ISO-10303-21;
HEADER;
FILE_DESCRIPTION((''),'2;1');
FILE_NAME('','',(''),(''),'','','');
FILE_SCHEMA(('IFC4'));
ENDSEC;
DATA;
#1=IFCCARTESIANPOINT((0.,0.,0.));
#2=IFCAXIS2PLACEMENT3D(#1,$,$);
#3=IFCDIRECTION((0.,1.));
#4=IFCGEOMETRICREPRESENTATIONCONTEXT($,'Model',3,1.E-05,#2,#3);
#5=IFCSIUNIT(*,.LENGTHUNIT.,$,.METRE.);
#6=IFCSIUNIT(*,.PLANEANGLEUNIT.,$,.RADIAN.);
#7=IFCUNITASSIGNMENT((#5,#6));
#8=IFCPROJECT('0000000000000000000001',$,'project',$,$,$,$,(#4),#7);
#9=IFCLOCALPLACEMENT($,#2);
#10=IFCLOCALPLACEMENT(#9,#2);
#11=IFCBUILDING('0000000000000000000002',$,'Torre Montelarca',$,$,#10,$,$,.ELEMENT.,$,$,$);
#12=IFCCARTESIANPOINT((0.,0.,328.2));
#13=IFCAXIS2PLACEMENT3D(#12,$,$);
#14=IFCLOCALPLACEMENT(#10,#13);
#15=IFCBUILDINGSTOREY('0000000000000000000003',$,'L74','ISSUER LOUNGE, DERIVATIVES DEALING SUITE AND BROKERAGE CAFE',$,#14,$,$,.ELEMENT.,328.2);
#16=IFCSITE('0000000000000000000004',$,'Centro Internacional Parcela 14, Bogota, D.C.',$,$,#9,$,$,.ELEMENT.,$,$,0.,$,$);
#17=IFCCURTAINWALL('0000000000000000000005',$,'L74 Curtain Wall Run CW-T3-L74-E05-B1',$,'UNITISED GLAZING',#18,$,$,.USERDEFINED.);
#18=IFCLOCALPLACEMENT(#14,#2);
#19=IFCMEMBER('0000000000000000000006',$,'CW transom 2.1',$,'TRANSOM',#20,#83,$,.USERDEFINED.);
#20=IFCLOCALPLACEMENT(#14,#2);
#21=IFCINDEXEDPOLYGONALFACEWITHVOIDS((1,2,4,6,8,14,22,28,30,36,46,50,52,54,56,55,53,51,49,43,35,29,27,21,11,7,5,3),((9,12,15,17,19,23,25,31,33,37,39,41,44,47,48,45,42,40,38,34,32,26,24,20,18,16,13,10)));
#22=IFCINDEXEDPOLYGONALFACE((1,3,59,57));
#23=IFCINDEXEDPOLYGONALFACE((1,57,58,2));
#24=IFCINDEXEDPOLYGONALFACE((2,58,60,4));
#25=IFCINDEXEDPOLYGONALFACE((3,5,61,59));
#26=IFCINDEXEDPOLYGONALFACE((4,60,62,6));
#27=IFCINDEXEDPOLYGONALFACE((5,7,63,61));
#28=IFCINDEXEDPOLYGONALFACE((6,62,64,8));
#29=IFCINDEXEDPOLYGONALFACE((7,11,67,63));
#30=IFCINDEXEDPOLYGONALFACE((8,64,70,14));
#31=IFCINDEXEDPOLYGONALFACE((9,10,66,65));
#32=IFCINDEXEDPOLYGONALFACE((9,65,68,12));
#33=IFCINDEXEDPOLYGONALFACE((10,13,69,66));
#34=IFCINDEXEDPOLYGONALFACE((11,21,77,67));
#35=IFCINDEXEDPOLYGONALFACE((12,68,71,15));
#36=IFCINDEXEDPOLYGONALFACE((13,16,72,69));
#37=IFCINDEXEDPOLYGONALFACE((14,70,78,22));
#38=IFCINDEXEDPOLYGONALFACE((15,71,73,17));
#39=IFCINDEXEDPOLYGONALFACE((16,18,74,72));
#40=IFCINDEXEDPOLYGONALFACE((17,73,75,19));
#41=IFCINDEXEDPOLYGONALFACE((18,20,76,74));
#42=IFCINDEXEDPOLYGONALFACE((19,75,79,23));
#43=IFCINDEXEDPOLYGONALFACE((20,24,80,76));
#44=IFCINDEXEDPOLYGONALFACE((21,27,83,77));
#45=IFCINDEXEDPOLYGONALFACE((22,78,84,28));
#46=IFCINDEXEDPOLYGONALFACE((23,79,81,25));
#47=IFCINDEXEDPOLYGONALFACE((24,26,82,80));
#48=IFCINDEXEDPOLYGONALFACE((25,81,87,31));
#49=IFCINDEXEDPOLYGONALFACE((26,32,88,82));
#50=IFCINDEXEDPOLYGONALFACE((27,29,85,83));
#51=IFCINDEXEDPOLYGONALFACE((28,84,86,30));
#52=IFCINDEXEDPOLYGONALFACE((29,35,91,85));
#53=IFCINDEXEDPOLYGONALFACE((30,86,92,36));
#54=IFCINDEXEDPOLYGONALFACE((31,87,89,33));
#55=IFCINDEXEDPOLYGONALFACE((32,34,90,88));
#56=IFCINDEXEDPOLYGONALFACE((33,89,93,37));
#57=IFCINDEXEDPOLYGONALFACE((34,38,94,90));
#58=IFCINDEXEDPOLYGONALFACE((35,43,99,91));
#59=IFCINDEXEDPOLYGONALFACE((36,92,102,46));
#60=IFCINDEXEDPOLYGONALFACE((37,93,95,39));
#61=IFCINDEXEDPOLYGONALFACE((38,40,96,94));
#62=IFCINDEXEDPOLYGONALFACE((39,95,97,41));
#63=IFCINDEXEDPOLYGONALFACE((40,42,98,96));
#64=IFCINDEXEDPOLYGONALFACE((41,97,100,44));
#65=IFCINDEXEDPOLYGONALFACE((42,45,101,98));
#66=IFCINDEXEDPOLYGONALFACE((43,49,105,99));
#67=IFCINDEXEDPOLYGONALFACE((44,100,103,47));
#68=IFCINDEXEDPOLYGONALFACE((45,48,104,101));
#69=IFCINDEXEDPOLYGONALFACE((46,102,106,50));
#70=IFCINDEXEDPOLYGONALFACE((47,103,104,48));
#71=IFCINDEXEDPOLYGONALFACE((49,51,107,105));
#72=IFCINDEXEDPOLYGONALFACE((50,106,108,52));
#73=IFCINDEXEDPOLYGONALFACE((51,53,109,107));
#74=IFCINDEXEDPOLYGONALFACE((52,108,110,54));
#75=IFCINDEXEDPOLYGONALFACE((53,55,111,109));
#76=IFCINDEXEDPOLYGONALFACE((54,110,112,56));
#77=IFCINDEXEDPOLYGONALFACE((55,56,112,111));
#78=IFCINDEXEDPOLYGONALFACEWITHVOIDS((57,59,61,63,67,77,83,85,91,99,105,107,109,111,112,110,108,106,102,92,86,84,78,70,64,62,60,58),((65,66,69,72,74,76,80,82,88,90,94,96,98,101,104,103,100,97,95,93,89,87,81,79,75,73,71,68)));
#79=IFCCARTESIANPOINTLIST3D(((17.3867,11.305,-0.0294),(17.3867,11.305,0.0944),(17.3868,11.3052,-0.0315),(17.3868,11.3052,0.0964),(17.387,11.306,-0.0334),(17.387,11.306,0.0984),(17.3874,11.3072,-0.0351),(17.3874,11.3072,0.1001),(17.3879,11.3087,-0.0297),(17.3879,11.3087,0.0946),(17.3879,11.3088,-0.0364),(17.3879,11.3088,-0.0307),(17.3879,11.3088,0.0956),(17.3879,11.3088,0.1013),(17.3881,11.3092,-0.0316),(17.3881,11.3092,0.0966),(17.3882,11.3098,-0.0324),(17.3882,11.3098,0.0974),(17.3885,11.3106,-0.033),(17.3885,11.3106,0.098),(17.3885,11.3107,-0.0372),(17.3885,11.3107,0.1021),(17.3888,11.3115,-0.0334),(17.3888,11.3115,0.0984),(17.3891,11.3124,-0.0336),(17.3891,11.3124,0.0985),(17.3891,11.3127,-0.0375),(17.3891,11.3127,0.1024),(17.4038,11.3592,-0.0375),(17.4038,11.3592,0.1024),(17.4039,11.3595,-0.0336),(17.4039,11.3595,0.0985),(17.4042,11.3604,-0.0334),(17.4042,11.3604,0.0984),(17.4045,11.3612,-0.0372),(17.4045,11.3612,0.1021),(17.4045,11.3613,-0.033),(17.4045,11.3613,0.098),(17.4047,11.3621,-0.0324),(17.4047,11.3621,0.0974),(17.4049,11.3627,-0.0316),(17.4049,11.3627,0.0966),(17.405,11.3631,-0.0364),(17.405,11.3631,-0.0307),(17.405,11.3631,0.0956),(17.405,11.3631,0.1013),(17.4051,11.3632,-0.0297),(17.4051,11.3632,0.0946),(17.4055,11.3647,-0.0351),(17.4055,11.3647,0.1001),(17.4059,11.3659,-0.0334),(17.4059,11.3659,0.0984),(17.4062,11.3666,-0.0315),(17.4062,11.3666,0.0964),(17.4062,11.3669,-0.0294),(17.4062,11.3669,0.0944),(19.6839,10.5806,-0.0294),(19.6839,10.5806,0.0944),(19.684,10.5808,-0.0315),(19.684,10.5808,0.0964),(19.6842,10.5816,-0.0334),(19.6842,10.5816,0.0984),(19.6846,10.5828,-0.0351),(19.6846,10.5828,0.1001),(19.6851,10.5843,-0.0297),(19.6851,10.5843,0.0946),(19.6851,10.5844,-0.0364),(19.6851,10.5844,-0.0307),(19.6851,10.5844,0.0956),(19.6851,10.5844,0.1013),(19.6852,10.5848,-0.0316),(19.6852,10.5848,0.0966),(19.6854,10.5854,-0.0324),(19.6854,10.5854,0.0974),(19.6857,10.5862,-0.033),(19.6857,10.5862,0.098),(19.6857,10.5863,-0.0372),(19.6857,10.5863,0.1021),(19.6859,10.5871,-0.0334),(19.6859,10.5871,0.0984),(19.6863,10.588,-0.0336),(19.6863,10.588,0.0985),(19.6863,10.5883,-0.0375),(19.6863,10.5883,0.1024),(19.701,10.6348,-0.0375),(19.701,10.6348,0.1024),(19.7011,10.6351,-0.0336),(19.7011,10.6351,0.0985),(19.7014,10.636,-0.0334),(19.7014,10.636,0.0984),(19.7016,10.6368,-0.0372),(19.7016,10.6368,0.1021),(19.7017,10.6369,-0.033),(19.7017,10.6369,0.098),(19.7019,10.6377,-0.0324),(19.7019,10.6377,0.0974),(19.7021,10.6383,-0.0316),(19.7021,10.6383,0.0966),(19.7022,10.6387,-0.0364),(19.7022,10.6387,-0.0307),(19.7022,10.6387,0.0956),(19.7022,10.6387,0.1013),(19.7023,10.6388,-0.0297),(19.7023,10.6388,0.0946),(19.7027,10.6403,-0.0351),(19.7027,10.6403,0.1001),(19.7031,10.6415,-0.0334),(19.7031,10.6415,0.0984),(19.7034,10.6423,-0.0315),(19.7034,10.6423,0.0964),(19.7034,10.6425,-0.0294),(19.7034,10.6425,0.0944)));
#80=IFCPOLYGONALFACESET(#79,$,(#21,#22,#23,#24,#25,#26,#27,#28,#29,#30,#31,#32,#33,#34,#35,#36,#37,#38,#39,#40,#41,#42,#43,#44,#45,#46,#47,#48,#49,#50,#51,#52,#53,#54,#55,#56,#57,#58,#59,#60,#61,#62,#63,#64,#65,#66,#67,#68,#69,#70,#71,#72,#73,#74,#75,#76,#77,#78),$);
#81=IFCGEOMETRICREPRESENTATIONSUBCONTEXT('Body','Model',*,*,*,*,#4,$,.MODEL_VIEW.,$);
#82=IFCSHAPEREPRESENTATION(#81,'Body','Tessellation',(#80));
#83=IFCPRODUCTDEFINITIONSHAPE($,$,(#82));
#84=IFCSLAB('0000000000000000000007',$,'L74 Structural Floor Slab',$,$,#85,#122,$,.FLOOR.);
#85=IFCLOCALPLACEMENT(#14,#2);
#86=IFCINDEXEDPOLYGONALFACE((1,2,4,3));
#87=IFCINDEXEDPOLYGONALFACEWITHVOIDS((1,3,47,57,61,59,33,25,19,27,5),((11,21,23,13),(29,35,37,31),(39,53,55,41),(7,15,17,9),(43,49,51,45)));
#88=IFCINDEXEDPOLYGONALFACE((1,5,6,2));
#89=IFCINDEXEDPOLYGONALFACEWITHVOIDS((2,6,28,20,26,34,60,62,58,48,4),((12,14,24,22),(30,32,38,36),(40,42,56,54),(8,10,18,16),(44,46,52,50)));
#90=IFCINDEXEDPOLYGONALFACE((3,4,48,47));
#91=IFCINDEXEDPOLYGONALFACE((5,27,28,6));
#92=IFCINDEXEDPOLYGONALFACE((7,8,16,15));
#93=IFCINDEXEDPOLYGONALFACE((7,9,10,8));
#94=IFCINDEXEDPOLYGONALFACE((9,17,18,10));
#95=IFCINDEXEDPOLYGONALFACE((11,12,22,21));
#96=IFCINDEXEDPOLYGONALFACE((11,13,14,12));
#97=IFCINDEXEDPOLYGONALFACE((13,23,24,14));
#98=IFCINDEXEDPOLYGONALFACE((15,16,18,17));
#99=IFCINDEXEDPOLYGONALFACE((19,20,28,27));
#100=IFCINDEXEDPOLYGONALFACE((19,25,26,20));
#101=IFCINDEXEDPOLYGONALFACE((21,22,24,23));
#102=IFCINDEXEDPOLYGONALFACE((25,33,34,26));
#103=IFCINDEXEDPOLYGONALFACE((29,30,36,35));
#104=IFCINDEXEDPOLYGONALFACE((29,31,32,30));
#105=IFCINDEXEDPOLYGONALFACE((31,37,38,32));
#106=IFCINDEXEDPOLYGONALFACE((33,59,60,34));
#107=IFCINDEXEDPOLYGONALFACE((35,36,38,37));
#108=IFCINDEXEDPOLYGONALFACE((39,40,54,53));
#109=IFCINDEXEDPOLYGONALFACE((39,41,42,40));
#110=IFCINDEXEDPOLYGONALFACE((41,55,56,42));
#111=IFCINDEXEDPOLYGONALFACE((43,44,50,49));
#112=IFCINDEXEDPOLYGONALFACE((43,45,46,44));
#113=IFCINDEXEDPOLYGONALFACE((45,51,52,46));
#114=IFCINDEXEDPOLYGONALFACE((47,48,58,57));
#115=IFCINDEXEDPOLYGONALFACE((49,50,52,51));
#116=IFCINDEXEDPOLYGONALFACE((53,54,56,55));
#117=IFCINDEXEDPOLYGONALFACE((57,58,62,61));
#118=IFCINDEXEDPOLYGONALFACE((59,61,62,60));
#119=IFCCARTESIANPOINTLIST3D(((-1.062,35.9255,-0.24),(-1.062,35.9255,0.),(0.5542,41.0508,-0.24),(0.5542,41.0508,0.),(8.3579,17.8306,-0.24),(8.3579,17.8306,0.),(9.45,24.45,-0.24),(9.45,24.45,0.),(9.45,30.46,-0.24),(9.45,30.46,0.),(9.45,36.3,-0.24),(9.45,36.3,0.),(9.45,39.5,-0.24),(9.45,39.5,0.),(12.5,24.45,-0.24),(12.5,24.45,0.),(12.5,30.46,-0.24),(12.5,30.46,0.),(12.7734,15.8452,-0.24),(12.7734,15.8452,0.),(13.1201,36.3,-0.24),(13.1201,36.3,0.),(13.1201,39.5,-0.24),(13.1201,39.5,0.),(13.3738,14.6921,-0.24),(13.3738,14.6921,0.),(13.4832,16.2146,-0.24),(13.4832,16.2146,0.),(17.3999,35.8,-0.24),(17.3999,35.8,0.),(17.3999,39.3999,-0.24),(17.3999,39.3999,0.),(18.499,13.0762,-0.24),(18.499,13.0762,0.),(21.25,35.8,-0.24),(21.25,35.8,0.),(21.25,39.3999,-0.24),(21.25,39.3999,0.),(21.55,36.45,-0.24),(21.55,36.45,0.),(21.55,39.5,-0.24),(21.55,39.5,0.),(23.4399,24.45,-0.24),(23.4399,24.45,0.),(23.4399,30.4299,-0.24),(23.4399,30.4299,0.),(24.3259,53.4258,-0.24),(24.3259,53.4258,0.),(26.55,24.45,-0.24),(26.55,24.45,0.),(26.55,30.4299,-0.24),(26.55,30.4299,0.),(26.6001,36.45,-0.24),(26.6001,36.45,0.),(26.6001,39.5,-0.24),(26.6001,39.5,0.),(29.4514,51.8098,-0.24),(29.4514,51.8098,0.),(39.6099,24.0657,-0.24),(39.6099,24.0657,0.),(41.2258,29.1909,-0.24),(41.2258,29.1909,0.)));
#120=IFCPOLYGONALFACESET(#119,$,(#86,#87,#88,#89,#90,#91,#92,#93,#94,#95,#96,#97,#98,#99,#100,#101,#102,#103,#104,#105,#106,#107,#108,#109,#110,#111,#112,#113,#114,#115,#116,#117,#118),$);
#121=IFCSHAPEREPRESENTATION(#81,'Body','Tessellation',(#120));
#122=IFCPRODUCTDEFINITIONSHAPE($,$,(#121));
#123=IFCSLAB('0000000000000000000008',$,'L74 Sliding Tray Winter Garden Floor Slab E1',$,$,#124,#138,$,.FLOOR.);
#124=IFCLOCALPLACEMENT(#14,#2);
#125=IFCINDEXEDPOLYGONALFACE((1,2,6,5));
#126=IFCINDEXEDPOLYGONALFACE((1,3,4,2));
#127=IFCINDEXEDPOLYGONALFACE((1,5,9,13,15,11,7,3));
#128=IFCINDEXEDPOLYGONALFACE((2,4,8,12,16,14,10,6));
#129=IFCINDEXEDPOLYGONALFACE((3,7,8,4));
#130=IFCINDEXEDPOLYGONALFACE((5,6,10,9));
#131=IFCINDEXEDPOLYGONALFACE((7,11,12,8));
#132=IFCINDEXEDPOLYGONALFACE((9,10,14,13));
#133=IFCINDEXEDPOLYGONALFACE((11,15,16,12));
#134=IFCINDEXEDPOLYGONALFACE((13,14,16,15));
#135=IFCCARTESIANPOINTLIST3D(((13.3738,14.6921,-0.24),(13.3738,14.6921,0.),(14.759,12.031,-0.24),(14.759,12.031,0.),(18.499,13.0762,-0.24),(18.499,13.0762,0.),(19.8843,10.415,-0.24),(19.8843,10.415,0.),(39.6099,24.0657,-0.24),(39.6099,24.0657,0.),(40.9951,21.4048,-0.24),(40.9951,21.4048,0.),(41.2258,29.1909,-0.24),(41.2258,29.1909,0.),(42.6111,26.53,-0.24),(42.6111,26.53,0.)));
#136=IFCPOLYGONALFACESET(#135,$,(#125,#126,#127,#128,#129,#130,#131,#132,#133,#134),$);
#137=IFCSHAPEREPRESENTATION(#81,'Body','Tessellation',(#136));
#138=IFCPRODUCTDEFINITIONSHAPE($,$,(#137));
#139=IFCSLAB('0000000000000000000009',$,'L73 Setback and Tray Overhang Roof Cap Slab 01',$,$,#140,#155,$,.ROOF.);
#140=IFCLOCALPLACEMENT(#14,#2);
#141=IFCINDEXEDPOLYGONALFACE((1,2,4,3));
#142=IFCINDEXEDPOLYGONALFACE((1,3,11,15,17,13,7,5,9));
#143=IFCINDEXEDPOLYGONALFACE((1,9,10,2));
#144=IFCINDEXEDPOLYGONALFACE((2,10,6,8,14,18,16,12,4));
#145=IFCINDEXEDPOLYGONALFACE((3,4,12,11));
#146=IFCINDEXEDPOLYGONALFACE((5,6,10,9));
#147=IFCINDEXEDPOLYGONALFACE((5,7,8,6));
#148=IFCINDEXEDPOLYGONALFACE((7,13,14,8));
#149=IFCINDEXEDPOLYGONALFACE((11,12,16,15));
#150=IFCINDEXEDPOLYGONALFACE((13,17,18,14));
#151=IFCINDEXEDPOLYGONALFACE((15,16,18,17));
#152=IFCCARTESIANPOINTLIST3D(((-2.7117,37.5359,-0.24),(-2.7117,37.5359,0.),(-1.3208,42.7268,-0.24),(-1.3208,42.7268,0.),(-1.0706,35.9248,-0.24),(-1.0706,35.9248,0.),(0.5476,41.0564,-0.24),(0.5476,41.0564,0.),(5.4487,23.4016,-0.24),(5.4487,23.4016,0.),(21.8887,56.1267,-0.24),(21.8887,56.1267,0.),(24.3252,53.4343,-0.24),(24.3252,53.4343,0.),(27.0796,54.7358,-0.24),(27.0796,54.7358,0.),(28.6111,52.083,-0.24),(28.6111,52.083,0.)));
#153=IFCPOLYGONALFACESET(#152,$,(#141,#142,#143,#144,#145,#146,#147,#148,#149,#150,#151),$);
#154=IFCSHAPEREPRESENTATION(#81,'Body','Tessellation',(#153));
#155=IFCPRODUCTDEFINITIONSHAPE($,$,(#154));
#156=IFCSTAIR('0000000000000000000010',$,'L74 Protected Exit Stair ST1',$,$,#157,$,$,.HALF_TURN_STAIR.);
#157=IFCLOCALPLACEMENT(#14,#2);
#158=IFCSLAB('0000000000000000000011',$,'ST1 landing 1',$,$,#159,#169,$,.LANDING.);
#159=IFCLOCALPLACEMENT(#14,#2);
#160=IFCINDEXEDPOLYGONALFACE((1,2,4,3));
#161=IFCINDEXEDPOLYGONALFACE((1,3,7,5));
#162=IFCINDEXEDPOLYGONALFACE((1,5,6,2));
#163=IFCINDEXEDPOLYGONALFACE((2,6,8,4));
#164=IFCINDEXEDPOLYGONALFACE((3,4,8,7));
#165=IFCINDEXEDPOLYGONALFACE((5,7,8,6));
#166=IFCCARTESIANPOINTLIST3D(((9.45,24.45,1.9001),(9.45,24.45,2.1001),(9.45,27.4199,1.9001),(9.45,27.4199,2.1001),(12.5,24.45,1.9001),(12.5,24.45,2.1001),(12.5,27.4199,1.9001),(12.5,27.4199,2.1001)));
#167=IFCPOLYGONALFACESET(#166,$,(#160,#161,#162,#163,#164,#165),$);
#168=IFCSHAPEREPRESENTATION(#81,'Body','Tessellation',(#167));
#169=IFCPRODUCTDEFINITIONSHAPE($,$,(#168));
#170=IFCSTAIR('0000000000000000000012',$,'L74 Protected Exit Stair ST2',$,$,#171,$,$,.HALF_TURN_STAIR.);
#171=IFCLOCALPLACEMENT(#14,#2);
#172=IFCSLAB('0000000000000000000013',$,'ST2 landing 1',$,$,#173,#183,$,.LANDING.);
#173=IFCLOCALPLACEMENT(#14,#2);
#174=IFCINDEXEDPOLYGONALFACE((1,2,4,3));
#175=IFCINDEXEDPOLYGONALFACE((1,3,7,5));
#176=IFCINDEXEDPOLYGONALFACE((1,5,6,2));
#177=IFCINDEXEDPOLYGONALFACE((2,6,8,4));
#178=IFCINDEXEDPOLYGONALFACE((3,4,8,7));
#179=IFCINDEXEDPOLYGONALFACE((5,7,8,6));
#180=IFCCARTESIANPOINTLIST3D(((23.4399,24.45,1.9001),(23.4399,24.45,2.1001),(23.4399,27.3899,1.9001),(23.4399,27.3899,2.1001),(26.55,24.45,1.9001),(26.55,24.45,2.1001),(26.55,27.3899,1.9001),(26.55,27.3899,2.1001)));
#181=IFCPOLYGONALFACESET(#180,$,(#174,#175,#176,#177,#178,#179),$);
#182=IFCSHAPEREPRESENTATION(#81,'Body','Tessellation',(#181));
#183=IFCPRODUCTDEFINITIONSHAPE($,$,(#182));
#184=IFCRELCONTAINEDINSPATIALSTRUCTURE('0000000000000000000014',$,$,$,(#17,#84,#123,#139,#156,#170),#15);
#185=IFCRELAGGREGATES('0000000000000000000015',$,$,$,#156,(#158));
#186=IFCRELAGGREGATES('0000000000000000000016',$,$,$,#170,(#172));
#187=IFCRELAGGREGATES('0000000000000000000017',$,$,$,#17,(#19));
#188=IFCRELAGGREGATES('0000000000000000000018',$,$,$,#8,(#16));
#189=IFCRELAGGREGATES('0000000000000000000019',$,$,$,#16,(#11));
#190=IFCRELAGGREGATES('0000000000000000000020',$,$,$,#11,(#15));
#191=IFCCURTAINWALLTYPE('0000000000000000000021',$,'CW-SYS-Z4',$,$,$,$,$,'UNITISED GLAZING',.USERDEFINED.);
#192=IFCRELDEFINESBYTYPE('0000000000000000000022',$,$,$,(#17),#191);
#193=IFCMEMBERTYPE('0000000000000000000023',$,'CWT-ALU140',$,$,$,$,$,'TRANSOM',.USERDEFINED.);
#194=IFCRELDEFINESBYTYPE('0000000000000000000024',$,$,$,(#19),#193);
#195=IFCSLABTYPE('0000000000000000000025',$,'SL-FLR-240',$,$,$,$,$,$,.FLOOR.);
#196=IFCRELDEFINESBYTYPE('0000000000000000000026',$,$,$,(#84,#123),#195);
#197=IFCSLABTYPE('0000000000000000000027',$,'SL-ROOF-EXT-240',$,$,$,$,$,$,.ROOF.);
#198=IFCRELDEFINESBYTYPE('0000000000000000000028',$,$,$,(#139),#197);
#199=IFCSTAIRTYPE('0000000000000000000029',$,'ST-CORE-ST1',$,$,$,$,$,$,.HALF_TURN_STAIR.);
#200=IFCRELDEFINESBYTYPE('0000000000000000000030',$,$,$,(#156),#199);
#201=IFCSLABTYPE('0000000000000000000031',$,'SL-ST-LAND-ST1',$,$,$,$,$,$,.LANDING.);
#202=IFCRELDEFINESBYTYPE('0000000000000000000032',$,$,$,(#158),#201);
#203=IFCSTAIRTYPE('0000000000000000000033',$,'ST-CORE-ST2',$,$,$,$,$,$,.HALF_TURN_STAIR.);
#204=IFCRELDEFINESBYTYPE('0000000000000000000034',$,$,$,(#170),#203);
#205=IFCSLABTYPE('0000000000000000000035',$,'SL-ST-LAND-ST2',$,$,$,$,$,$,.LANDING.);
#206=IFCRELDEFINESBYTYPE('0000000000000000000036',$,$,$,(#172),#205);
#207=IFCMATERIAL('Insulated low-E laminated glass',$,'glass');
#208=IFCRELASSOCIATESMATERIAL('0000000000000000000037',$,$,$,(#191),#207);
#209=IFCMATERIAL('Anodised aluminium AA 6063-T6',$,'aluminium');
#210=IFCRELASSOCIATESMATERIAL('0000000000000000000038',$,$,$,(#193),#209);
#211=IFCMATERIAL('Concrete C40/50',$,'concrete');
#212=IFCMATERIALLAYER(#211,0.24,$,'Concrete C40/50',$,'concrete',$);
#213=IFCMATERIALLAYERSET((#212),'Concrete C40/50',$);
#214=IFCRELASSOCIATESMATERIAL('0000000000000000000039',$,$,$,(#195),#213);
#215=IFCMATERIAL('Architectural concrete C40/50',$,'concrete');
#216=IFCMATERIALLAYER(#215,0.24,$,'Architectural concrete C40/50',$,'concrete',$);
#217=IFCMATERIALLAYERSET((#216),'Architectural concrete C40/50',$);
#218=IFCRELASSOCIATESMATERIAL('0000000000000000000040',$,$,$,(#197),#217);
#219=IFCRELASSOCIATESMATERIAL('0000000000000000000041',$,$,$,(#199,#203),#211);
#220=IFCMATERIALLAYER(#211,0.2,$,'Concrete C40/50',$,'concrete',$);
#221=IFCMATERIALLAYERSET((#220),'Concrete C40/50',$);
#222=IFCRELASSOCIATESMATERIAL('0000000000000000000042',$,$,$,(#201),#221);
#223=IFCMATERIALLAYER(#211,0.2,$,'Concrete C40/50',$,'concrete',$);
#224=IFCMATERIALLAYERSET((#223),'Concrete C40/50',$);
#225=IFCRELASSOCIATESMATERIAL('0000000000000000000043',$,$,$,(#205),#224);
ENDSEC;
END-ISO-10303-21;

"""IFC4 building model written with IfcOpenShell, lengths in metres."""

from ifc_helpers import new_model, si_unit, direction, frame, origin, origin_2d, place, context, subcontext, project, spatial, polyline, hollow_rectangle, outline, extrude, source, transform, mapped, material, layer, layer_set, material_profile, profile_set, type_object, element, aggregate, save


model = new_model("IFC4")

# Units and contexts
model_context = context("Model", 3, precision=1e-05, world=origin(), true_north=direction((0.0, 1.0)))
body_context = subcontext(model_context, "Body", "Model", "MODEL_VIEW")
ifc_project = project(units=[si_unit("LENGTHUNIT", "METRE"), si_unit("PLANEANGLEUNIT", "RADIAN")], contexts=[model_context])

# Site, building, storey
site_placement = place(None, origin())
site = spatial("IfcSite", under=ifc_project, at=site_placement, Name="Centro Internacional Parcela 14, Bogota, D.C.", CompositionType="ELEMENT", RefElevation=0.0)
building_placement = place(site_placement, origin())
building = spatial("IfcBuilding", under=site, at=building_placement, Name="Torre Montelarca", CompositionType="ELEMENT")
storey_placement = place(building_placement, frame((0.0, 0.0, 328.2)))
storey = spatial("IfcBuildingStorey", under=building, at=storey_placement, Name="L74", Description="ISSUER LOUNGE, DERIVATIVES DEALING SUITE AND BROKERAGE CAFE", CompositionType="ELEMENT", Elevation=328.2)

# Curtain wall, member
ifc_material_1 = material(Name="Insulated low-E laminated glass", Category="glass")
curtain_wall_type = type_object("IfcCurtainWallType", Name="CW-SYS-Z4", ElementType="UNITISED GLAZING", PredefinedType="USERDEFINED", material=ifc_material_1)
ifc_material_2 = material(Name="Anodised aluminium AA 6063-T6", Category="aluminium")
ifc_material_profile_1 = material_profile(ifc_material_2, hollow_rectangle(XDim=0.0649, YDim=0.1399, WallThickness=0.0039, InnerFilletRadius=0.0039, OuterFilletRadius=0.0081, at=origin_2d()), Name="ALU65X140X4", Category="aluminium")
ifc_profile_set_1 = profile_set([ifc_material_profile_1], Name="Anodised aluminium AA 6063-T6")
member_type_1 = type_object("IfcMemberType", Name="CWT-ALU140", ElementType="TRANSOM", PredefinedType="USERDEFINED", material=ifc_profile_set_1)
curtain_wall_1_placement = place(storey_placement, origin())
curtain_wall_1 = element("IfcCurtainWall", 1, at=curtain_wall_1_placement, inside=storey, type_object=curtain_wall_type, Name="L74 Curtain Wall Run CW-T3-L74-E05-B1", ObjectType="UNITISED GLAZING", PredefinedType="USERDEFINED")
shared_shape_1 = source(origin(), body_context, "Body", "SweptSolid", [
    extrude(hollow_rectangle(XDim=0.0649, YDim=0.1399, WallThickness=0.0039, InnerFilletRadius=0.0039, OuterFilletRadius=0.0081, at=origin_2d()), origin(), (0.0, 0.0, 1.0), 2.4087),
])
member_1_placement = place(storey_placement, frame((17.3965, 11.3359, 0.0325), z_axis=(0.953707, -0.300738, 0.0), x_axis=(0.300738, 0.953707, 0.0)))
member_1 = element("IfcMember", 2, at=member_1_placement, type_object=member_type_1, Name="CW transom 2.1", ObjectType="TRANSOM", PredefinedType="USERDEFINED", context=body_context, shape_type="MappedRepresentation", body=[
    mapped(shared_shape_1, transform((0.0, 0.0, 0.0), scale=1.0)),
])

# Slabs
ifc_material_3 = material(Name="Concrete C40/50", Category="concrete")
ifc_layer_1 = layer(ifc_material_3, 0.24, Name="Concrete C40/50", Category="concrete")
ifc_layer_set_1 = layer_set([ifc_layer_1], Name="Concrete C40/50")
slab_type_1 = type_object("IfcSlabType", Name="SL-FLR-240", PredefinedType="FLOOR", material=ifc_layer_set_1)
slab_1_placement = place(storey_placement, frame((0.0, 0.0, -0.24)))
element("IfcSlab", 3, at=slab_1_placement, inside=storey, type_object=slab_type_1, Name="L74 Structural Floor Slab", PredefinedType="FLOOR", context=body_context, shape_type="SweptSolid", body=[
    extrude(outline(polyline([(8.3579, 17.8306), (13.4832, 16.2146), (12.7734, 15.8452), (13.3738, 14.6921), (18.499, 13.0762), (39.6099, 24.0657), (41.2258, 29.1909), (29.4514, 51.8098), (24.3259, 53.4258), (0.5542, 41.0508), (-1.062, 35.9255), (8.3579, 17.8306)]), holes=[polyline([(26.55, 24.45), (23.4399, 24.45), (23.4399, 30.4299), (26.55, 30.4299), (26.55, 24.45)]), polyline([(12.5, 24.45), (9.45, 24.45), (9.45, 30.46), (12.5, 30.46), (12.5, 24.45)]), polyline([(21.25, 39.3999), (21.25, 35.8), (17.3999, 35.8), (17.3999, 39.3999), (21.25, 39.3999)]), polyline([(13.1201, 36.3), (9.45, 36.3), (9.45, 39.5), (13.1201, 39.5), (13.1201, 36.3)]), polyline([(26.6001, 36.45), (21.55, 36.45), (21.55, 39.5), (26.6001, 39.5), (26.6001, 36.45)])]), origin(), (0.0, 0.0, 1.0), 0.24),
])
slab_2_placement = place(storey_placement, frame((0.0, 0.0, -0.24)))
element("IfcSlab", 4, at=slab_2_placement, inside=storey, type_object=slab_type_1, Name="L74 Sliding Tray Winter Garden Floor Slab E1", PredefinedType="FLOOR", context=body_context, shape_type="SweptSolid", body=[
    extrude(outline(polyline([(41.2258, 29.1909), (39.6099, 24.0657), (18.499, 13.0762), (13.3738, 14.6921), (14.759, 12.031), (19.8843, 10.415), (40.9951, 21.4048), (42.6111, 26.53), (41.2258, 29.1909)])), origin(), (0.0, 0.0, 1.0), 0.24),
])
ifc_material_4 = material(Name="Architectural concrete C40/50", Category="concrete")
ifc_layer_2 = layer(ifc_material_4, 0.24, Name="Architectural concrete C40/50", Category="concrete")
ifc_layer_set_2 = layer_set([ifc_layer_2], Name="Architectural concrete C40/50")
slab_type_2 = type_object("IfcSlabType", Name="SL-ROOF-EXT-240", PredefinedType="ROOF", material=ifc_layer_set_2)
slab_3_placement = place(storey_placement, frame((0.0, 0.0, -0.24)))
element("IfcSlab", 5, at=slab_3_placement, inside=storey, type_object=slab_type_2, Name="L73 Setback and Tray Overhang Roof Cap Slab 01", PredefinedType="ROOF", context=body_context, shape_type="SweptSolid", body=[
    extrude(outline(polyline([(-1.0706, 35.9248), (0.5476, 41.0564), (24.3252, 53.4343), (28.6111, 52.083), (27.0796, 54.7358), (21.8887, 56.1267), (-1.3208, 42.7268), (-2.7117, 37.5359), (5.4487, 23.4016), (-1.0706, 35.9248)])), origin(), (0.0, 0.0, 1.0), 0.24),
])

# Stairs, slabs
stair_type_1 = type_object("IfcStairType", Name="ST-CORE-ST1", PredefinedType="HALF_TURN_STAIR", material=ifc_material_3)
stair_1_placement = place(storey_placement, origin())
stair_1 = element("IfcStair", 6, at=stair_1_placement, inside=storey, type_object=stair_type_1, Name="L74 Protected Exit Stair ST1", PredefinedType="HALF_TURN_STAIR")
ifc_layer_3 = layer(ifc_material_3, 0.2, Name="Concrete C40/50", Category="concrete")
ifc_layer_set_3 = layer_set([ifc_layer_3], Name="Concrete C40/50")
slab_type_3 = type_object("IfcSlabType", Name="SL-ST-LAND-ST1", PredefinedType="LANDING", material=ifc_layer_set_3)
slab_4_placement = place(storey_placement, frame((0.0, 0.0, 1.9001)))
slab_4 = element("IfcSlab", 7, at=slab_4_placement, type_object=slab_type_3, Name="ST1 landing 1", PredefinedType="LANDING", context=body_context, shape_type="SweptSolid", body=[
    extrude(outline(polyline([(9.45, 27.4199), (9.45, 24.45), (12.5, 24.45), (12.5, 27.4199), (9.45, 27.4199)])), origin(), (0.0, 0.0, 1.0), 0.2),
])
aggregate(stair_1, [slab_4])
stair_type_2 = type_object("IfcStairType", Name="ST-CORE-ST2", PredefinedType="HALF_TURN_STAIR", material=ifc_material_3)
stair_2_placement = place(storey_placement, origin())
stair_2 = element("IfcStair", 8, at=stair_2_placement, inside=storey, type_object=stair_type_2, Name="L74 Protected Exit Stair ST2", PredefinedType="HALF_TURN_STAIR")
ifc_layer_4 = layer(ifc_material_3, 0.2, Name="Concrete C40/50", Category="concrete")
ifc_layer_set_4 = layer_set([ifc_layer_4], Name="Concrete C40/50")
slab_type_4 = type_object("IfcSlabType", Name="SL-ST-LAND-ST2", PredefinedType="LANDING", material=ifc_layer_set_4)
slab_5_placement = place(storey_placement, frame((0.0, 0.0, 1.9001)))
slab_5 = element("IfcSlab", 9, at=slab_5_placement, type_object=slab_type_4, Name="ST2 landing 1", PredefinedType="LANDING", context=body_context, shape_type="SweptSolid", body=[
    extrude(outline(polyline([(23.4399, 27.3899), (23.4399, 24.45), (26.55, 24.45), (26.55, 27.3899), (23.4399, 27.3899)])), origin(), (0.0, 0.0, 1.0), 0.2),
])
aggregate(stair_2, [slab_5])

aggregate(curtain_wall_1, [member_1])

save(model, "model.ifc")
